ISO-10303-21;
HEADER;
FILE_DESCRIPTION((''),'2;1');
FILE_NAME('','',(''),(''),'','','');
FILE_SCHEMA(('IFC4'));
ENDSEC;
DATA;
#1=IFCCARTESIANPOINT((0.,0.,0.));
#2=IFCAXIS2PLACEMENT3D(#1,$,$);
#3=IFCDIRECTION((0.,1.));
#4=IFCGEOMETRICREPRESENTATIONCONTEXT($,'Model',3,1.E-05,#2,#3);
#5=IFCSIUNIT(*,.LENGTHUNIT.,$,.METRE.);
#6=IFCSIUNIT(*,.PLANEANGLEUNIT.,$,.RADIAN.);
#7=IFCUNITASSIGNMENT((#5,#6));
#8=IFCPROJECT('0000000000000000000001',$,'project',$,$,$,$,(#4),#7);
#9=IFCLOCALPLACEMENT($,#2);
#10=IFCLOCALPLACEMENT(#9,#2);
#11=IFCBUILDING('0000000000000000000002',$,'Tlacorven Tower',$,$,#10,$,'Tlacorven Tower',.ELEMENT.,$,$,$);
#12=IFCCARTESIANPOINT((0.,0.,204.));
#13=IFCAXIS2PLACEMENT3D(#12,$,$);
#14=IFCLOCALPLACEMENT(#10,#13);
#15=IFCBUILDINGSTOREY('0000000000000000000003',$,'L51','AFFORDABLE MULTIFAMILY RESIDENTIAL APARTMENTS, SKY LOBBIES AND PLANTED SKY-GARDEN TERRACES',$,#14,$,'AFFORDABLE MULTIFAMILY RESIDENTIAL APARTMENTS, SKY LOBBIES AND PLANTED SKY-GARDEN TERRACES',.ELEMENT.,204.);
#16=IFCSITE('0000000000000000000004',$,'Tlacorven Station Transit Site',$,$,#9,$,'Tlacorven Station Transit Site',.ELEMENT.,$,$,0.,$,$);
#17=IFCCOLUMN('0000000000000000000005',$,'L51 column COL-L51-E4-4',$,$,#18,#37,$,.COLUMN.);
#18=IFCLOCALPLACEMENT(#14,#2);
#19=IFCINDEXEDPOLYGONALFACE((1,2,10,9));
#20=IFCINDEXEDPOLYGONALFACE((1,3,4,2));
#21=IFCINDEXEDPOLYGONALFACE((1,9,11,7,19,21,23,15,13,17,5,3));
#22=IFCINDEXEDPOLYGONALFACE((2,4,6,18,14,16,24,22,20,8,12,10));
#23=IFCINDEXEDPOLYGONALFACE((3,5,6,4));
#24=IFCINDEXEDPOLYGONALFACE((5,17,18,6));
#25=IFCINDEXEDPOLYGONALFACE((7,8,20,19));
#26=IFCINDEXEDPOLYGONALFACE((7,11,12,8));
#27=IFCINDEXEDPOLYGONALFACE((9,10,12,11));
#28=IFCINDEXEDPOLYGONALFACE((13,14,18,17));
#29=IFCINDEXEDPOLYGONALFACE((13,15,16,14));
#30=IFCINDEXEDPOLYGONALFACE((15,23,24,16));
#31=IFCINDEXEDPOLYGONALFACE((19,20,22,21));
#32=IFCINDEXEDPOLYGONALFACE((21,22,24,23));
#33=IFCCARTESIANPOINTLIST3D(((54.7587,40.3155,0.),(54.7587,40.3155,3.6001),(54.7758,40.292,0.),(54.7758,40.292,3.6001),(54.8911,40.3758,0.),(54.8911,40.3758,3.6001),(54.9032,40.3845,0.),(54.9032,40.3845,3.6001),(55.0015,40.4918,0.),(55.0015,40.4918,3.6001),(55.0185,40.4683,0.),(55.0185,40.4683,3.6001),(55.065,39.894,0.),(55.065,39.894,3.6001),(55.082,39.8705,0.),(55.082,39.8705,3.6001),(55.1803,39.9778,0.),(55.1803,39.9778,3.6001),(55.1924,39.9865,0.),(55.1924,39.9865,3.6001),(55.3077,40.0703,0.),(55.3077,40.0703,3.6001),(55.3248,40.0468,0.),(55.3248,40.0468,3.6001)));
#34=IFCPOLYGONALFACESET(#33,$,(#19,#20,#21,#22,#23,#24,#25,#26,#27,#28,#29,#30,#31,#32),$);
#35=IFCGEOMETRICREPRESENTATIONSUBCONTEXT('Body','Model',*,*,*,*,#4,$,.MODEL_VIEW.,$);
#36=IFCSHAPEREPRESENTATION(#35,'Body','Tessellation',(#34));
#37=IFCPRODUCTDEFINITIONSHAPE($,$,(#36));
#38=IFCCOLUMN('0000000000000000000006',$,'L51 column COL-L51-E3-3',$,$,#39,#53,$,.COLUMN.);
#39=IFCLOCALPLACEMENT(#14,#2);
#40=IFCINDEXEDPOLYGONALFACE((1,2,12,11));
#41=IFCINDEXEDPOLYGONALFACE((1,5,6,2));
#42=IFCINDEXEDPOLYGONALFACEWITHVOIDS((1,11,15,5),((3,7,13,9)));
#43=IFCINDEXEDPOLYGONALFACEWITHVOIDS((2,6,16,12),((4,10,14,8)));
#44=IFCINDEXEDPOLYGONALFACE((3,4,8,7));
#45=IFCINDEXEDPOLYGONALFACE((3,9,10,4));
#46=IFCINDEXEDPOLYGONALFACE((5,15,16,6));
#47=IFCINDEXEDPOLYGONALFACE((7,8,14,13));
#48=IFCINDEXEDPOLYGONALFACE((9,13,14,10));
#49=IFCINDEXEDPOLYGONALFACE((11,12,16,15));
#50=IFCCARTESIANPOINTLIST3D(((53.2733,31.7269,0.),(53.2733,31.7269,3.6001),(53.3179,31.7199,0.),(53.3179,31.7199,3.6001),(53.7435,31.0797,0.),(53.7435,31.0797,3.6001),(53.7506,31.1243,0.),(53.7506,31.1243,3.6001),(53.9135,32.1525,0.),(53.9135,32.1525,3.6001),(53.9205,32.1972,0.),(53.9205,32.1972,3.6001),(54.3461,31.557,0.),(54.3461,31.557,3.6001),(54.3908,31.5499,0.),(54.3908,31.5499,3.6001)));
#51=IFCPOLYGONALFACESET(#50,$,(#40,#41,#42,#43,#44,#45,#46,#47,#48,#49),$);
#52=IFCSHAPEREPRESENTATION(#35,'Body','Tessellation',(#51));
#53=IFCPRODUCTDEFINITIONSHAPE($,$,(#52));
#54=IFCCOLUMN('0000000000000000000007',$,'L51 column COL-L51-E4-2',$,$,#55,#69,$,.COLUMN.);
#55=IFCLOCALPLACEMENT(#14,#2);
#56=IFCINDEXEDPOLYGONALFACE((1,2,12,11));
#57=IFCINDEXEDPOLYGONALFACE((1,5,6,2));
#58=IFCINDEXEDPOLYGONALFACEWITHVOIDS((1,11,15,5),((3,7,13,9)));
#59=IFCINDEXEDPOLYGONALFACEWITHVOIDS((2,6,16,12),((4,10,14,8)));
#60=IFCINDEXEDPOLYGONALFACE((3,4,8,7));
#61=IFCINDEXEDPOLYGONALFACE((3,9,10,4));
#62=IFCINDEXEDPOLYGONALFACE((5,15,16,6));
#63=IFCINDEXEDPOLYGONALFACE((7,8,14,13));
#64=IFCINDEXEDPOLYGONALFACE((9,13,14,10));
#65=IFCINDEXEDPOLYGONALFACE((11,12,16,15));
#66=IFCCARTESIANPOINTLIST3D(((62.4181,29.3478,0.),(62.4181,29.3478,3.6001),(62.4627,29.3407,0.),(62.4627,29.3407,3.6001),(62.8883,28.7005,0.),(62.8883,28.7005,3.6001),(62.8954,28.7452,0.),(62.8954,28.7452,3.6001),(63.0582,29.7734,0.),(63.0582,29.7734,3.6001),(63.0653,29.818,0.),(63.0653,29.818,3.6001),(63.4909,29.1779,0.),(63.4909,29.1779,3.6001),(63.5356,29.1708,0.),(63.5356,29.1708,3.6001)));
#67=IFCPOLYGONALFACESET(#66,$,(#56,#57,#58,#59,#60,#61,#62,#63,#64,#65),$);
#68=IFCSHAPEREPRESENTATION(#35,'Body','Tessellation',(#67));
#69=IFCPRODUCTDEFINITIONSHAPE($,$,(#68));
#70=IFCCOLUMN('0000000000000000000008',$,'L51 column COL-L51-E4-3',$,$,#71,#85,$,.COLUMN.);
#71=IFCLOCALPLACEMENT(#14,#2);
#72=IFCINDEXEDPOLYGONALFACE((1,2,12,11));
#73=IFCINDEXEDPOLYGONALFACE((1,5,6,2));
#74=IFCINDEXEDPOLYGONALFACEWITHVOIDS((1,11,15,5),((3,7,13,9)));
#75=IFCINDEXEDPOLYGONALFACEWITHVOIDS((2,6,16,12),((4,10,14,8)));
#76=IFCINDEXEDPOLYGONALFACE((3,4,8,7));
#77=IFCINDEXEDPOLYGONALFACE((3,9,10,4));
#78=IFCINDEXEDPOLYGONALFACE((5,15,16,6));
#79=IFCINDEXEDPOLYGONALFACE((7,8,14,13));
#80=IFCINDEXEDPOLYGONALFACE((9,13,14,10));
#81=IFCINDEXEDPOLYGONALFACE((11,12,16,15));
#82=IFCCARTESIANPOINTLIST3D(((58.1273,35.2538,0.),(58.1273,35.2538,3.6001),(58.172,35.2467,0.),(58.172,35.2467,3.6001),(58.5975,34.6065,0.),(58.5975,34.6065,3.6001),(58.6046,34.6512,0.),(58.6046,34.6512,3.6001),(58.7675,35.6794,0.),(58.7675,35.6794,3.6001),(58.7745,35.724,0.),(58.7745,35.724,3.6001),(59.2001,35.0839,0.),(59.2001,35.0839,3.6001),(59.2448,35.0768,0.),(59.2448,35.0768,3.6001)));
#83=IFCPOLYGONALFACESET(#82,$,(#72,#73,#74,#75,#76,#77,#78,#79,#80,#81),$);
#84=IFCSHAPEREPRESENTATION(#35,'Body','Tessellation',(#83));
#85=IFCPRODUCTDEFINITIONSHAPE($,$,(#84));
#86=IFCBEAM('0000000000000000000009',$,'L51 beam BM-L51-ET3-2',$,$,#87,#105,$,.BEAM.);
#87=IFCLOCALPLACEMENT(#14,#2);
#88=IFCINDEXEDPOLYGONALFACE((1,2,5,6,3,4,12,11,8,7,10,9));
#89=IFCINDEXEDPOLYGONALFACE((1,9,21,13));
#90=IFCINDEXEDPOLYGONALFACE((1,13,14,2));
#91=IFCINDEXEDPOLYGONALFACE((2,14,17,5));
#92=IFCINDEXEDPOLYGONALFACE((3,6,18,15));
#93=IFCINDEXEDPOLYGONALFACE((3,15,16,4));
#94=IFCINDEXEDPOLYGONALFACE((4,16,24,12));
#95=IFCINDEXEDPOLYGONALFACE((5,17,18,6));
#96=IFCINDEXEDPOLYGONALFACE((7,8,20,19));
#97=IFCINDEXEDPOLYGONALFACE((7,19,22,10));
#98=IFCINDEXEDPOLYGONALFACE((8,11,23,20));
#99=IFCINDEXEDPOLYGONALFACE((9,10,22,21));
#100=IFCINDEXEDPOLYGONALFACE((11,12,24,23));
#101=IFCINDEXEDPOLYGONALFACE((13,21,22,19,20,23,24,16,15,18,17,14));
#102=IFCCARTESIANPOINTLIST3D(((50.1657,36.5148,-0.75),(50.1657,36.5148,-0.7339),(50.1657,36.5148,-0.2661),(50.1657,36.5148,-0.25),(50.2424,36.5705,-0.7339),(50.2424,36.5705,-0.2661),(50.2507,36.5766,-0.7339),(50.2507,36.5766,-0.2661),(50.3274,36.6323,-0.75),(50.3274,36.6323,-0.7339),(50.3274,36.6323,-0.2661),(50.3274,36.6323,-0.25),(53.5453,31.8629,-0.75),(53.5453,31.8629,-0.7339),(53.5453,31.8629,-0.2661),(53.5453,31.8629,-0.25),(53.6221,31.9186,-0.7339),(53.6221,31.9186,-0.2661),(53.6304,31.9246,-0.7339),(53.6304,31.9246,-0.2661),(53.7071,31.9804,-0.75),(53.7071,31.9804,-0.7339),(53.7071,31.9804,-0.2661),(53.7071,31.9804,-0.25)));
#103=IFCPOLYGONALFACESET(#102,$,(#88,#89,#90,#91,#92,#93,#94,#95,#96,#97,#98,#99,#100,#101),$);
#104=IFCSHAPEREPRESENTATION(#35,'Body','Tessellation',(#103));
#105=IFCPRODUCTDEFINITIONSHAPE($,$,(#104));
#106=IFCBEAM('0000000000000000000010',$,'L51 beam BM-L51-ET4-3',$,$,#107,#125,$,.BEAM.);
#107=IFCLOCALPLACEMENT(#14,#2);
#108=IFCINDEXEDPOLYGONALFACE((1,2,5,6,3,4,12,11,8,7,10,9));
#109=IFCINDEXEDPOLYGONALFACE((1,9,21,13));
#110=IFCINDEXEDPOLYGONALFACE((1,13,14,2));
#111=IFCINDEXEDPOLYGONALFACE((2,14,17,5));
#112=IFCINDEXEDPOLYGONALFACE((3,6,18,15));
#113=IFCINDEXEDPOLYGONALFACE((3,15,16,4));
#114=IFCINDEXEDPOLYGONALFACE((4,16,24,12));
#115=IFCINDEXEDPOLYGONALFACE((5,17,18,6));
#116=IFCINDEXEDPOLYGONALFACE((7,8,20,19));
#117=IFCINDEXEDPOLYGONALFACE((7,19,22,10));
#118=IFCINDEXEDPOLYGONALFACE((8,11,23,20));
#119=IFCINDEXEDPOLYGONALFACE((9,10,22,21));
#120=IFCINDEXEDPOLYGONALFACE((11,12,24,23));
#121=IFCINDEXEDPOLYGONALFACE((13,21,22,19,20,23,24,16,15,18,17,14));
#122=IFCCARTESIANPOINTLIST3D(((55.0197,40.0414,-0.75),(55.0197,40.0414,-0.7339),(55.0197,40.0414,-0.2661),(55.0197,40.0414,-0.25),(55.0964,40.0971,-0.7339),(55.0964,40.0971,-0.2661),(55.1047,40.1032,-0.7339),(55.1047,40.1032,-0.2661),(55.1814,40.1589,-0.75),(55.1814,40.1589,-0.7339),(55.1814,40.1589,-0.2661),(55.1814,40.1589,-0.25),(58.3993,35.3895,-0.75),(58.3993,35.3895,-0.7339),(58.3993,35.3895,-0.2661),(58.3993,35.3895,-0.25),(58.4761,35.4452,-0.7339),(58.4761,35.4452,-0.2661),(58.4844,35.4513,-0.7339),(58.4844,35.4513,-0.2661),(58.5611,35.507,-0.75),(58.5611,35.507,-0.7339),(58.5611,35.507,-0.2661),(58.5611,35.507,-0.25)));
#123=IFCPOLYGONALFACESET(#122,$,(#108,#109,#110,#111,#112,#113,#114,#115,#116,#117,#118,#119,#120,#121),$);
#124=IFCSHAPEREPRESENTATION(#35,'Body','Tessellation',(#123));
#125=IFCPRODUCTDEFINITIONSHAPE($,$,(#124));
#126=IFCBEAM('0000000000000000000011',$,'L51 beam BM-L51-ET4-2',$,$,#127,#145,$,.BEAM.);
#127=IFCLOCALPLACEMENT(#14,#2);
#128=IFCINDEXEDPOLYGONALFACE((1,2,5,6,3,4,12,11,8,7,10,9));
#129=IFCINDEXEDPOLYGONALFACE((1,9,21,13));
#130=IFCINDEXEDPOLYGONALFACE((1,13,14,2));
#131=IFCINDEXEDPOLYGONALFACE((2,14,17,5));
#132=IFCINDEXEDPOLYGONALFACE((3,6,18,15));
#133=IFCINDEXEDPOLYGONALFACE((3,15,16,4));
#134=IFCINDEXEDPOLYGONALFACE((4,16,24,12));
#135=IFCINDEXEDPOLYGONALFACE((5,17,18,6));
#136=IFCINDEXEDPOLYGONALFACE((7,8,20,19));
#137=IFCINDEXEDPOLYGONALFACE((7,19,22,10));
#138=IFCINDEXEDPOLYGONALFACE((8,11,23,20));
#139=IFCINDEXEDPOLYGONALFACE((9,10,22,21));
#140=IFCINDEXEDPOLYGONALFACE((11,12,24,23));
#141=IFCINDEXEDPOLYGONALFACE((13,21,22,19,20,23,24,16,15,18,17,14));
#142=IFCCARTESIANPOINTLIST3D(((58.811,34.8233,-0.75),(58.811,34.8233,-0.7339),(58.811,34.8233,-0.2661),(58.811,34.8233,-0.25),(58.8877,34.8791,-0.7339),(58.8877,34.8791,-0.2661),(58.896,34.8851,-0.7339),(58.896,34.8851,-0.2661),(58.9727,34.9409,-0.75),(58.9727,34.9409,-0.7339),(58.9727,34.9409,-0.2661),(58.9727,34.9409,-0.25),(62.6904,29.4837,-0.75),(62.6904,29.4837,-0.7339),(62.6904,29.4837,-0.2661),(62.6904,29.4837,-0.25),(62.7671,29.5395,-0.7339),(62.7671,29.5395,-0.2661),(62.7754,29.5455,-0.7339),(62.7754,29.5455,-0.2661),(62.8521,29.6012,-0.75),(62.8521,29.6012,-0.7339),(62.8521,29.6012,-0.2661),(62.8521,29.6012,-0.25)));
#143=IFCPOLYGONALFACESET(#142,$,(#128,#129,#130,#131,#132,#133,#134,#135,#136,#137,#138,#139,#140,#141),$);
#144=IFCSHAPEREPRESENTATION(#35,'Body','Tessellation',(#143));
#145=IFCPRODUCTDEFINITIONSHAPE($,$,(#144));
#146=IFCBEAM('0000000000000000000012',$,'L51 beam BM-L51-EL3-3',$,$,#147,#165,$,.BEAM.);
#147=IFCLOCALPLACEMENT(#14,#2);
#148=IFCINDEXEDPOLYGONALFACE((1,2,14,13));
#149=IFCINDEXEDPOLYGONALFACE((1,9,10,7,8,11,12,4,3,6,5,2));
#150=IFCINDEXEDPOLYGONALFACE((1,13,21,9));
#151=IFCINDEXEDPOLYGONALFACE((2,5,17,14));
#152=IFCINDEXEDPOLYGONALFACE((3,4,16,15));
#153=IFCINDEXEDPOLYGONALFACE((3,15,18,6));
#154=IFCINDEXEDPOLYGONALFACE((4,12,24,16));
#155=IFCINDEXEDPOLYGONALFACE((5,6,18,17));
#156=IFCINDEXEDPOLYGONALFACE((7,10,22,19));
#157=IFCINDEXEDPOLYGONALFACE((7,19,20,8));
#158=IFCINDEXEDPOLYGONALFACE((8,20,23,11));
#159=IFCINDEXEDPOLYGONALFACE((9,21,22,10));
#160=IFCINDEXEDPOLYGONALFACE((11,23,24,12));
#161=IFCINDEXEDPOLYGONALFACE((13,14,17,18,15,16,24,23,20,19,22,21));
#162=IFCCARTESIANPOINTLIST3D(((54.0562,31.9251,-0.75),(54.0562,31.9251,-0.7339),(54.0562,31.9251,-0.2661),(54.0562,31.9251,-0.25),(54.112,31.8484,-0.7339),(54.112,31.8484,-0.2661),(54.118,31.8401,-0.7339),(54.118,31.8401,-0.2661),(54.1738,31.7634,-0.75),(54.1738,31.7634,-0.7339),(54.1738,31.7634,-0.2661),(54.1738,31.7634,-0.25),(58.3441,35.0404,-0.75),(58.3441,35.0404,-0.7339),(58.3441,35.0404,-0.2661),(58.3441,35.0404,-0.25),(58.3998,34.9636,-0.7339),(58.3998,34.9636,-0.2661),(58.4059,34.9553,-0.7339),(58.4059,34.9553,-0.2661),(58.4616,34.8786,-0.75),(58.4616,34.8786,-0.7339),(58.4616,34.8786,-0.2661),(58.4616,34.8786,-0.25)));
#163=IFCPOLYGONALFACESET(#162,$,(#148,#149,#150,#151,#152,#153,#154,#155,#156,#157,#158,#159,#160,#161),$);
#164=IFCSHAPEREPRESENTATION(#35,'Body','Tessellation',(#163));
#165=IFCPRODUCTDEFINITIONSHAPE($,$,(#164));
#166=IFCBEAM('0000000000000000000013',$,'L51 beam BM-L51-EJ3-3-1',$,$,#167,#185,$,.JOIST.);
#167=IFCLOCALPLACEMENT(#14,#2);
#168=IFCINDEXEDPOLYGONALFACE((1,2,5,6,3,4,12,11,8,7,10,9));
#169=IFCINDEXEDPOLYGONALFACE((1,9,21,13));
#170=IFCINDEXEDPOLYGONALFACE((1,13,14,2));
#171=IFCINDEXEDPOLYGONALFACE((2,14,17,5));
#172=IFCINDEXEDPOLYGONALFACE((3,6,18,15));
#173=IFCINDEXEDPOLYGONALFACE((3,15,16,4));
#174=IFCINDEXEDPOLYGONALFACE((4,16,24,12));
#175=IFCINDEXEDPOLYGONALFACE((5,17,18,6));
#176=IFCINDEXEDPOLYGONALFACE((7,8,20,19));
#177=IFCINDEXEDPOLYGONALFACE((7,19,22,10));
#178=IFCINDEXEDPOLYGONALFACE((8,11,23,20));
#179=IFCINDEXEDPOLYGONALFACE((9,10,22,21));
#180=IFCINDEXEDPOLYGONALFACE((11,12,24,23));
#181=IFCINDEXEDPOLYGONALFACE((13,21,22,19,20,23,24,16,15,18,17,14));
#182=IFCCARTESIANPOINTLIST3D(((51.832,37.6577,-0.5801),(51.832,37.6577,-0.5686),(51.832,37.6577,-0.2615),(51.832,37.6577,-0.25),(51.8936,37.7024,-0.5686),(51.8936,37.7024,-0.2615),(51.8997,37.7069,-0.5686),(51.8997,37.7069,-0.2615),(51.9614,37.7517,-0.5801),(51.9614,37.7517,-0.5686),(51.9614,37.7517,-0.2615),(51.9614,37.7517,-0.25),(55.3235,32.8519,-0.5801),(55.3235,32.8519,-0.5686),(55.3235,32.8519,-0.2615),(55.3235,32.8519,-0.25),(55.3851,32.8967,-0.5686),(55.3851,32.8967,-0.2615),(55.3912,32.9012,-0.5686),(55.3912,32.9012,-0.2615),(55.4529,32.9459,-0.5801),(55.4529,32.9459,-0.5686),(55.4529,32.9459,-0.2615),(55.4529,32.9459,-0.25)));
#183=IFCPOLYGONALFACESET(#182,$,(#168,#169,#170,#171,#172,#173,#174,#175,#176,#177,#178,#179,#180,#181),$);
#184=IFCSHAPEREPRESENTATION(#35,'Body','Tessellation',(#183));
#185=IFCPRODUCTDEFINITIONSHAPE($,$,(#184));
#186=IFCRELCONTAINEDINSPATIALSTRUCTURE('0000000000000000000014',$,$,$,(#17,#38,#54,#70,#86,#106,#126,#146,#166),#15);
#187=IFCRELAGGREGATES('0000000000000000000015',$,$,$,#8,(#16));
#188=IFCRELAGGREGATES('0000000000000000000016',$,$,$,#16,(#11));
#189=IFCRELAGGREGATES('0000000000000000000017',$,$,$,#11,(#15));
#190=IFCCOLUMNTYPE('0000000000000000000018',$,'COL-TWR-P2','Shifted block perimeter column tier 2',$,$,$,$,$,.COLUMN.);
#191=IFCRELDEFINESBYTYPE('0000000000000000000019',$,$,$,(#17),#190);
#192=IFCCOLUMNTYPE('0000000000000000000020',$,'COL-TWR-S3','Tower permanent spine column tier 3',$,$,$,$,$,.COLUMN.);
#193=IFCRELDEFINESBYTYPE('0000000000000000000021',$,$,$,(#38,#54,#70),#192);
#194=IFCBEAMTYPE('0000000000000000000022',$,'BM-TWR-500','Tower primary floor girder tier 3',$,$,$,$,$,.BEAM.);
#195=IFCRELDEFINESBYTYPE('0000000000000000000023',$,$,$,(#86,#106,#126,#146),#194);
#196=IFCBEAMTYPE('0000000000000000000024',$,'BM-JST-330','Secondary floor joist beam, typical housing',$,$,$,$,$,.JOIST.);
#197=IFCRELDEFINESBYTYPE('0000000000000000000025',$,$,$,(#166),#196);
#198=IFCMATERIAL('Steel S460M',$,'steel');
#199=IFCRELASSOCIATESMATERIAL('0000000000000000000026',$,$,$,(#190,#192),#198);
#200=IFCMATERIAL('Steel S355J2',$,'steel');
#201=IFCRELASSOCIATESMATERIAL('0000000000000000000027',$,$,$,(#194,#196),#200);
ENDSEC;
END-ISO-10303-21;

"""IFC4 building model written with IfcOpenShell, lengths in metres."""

from ifc_helpers import new_model, si_unit, direction, frame, origin, origin_2d, place, context, subcontext, project, spatial, hollow_rectangle, i_section, extrude, source, transform, mapped, material, material_profile, profile_set, type_object, element, save


model = new_model("IFC4")

# Units and contexts
model_context = context("Model", 3, precision=1e-05, world=origin(), true_north=direction((0.0, 1.0)))
body_context = subcontext(model_context, "Body", "Model", "MODEL_VIEW")
ifc_project = project(units=[si_unit("LENGTHUNIT", "METRE"), si_unit("PLANEANGLEUNIT", "RADIAN")], contexts=[model_context])

# Site, building, storey
site_placement = place(None, origin())
site = spatial("IfcSite", under=ifc_project, at=site_placement, Name="Tlacorven Station Transit Site", LongName="Tlacorven Station Transit Site", CompositionType="ELEMENT", RefElevation=0.0)
building_placement = place(site_placement, origin())
building = spatial("IfcBuilding", under=site, at=building_placement, Name="Tlacorven Tower", LongName="Tlacorven Tower", CompositionType="ELEMENT")
storey_placement = place(building_placement, frame((0.0, 0.0, 204.0)))
storey = spatial("IfcBuildingStorey", under=building, at=storey_placement, Name="L51", Description="AFFORDABLE MULTIFAMILY RESIDENTIAL APARTMENTS, SKY LOBBIES AND PLANTED SKY-GARDEN TERRACES", LongName="AFFORDABLE MULTIFAMILY RESIDENTIAL APARTMENTS, SKY LOBBIES AND PLANTED SKY-GARDEN TERRACES", CompositionType="ELEMENT", Elevation=204.0)

# Columns
ifc_material_1 = material(Name="Steel S460M", Category="steel")
ifc_material_profile_1 = material_profile(ifc_material_1, i_section(OverallWidth=0.3, OverallDepth=0.55, WebThickness=0.0149, FlangeThickness=0.0291, at=origin_2d()), Name="HEB 550")
ifc_profile_set_1 = profile_set([ifc_material_profile_1], Name="Steel S460M")
column_type_1 = type_object("IfcColumnType", Name="COL-TWR-P2", Description="Shifted block perimeter column tier 2", PredefinedType="COLUMN", material=ifc_profile_set_1)
shared_shape_1 = source(origin(), body_context, "Body", "SweptSolid", [
    extrude(i_section(OverallWidth=0.3, OverallDepth=0.55, WebThickness=0.0149, FlangeThickness=0.0291, at=origin_2d()), origin(), (0.0, 0.0, 1.0), 3.6001),
])
column_placement = place(storey_placement, frame((55.0417, 40.1812, 0.0), z_axis=(0.0, 0.0, 1.0), x_axis=(0.809017, 0.587785, 0.0)))
element("IfcColumn", 1, at=column_placement, inside=storey, type_object=column_type_1, Name="L51 column COL-L51-E4-4", PredefinedType="COLUMN", context=body_context, shape_type="MappedRepresentation", body=[
    mapped(shared_shape_1, transform((0.0, 0.0, 0.0), scale=1.0)),
])
ifc_material_profile_2 = material_profile(ifc_material_1, hollow_rectangle(XDim=0.8, YDim=0.8, WallThickness=0.032, at=origin_2d()), Name="BOX 800X800X32")
ifc_profile_set_2 = profile_set([ifc_material_profile_2], Name="Steel S460M")
column_type_2 = type_object("IfcColumnType", Name="COL-TWR-S3", Description="Tower permanent spine column tier 3", PredefinedType="COLUMN", material=ifc_profile_set_2)
shared_shape_2 = source(origin(), body_context, "Body", "SweptSolid", [
    extrude(hollow_rectangle(XDim=0.8, YDim=0.8, WallThickness=0.032, at=origin_2d()), origin(), (0.0, 0.0, 1.0), 3.6001),
])
for number, where, z_axis, x_axis, name in (
    (2, (53.832, 31.6384, 0.0), (0.0, 0.0, 1.0), (0.809017, 0.587785, 0.0), "L51 column COL-L51-E3-3"),
    (3, (62.9768, 29.2593, 0.0), (0.0, 0.0, 1.0), (0.809017, 0.587785, 0.0), "L51 column COL-L51-E4-2"),
    (4, (58.686, 35.1653, 0.0), (0.0, 0.0, 1.0), (0.809017, 0.587785, 0.0), "L51 column COL-L51-E4-3"),
):
    element("IfcColumn", number, at=place(storey_placement, frame(where, z_axis=z_axis, x_axis=x_axis)), inside=storey, type_object=column_type_2, Name=name, PredefinedType="COLUMN", context=body_context, shape_type="MappedRepresentation", body=[
        mapped(shared_shape_2, transform((0.0, 0.0, 0.0), scale=1.0)),
    ])

# Beams
ifc_material_2 = material(Name="Steel S355J2", Category="steel")
ifc_material_profile_3 = material_profile(ifc_material_2, i_section(OverallWidth=0.2, OverallDepth=0.5, WebThickness=0.0103, FlangeThickness=0.0161, at=origin_2d()), Name="IPE 500")
ifc_profile_set_3 = profile_set([ifc_material_profile_3], Name="Steel S355J2")
beam_type_1 = type_object("IfcBeamType", Name="BM-TWR-500", Description="Tower primary floor girder tier 3", PredefinedType="BEAM", material=ifc_profile_set_3)
shared_shape_3 = source(origin(), body_context, "Body", "SweptSolid", [
    extrude(i_section(OverallWidth=0.2, OverallDepth=0.5, WebThickness=0.0103, FlangeThickness=0.0161, at=origin_2d()), origin(), (0.0, 0.0, 1.0), 5.75),
])
for number, where, z_axis, x_axis, name in (
    (5, (53.6262, 31.9216, -0.5), (-0.58777, 0.809028, 0.0), (-0.809028, -0.58777, 0.0), "L51 beam BM-L51-ET3-2"),
    (6, (58.4802, 35.4482, -0.5), (-0.58777, 0.809028, 0.0), (-0.809028, -0.58777, 0.0), "L51 beam BM-L51-ET4-3"),
):
    element("IfcBeam", number, at=place(storey_placement, frame(where, z_axis=z_axis, x_axis=x_axis)), inside=storey, type_object=beam_type_1, Name=name, PredefinedType="BEAM", context=body_context, shape_type="MappedRepresentation", body=[
        mapped(shared_shape_3, transform((0.0, 0.0, 0.0), scale=1.0)),
    ])
shared_shape_4 = source(origin(), body_context, "Body", "SweptSolid", [
    extrude(i_section(OverallWidth=0.2, OverallDepth=0.5, WebThickness=0.0103, FlangeThickness=0.0161, at=origin_2d()), origin(), (0.0, 0.0, 1.0), 6.6001),
])
beam_1_placement = place(storey_placement, frame((62.7712, 29.5425, -0.5), z_axis=(-0.58778, 0.809021, 0.0), x_axis=(-0.809021, -0.58778, 0.0)))
element("IfcBeam", 7, at=beam_1_placement, inside=storey, type_object=beam_type_1, Name="L51 beam BM-L51-ET4-2", PredefinedType="BEAM", context=body_context, shape_type="MappedRepresentation", body=[
    mapped(shared_shape_4, transform((0.0, 0.0, 0.0), scale=1.0)),
])
shared_shape_5 = source(origin(), body_context, "Body", "SweptSolid", [
    extrude(i_section(OverallWidth=0.2, OverallDepth=0.5, WebThickness=0.0103, FlangeThickness=0.0161, at=origin_2d()), origin(), (0.0, 0.0, 1.0), 5.3),
])
beam_2_placement = place(storey_placement, frame((54.115, 31.8442, -0.5), z_axis=(0.809023, 0.587777, 0.0), x_axis=(-0.587777, 0.809023, 0.0)))
element("IfcBeam", 8, at=beam_2_placement, inside=storey, type_object=beam_type_1, Name="L51 beam BM-L51-EL3-3", PredefinedType="BEAM", context=body_context, shape_type="MappedRepresentation", body=[
    mapped(shared_shape_5, transform((0.0, 0.0, 0.0), scale=1.0)),
])
ifc_material_profile_4 = material_profile(ifc_material_2, i_section(OverallWidth=0.1599, OverallDepth=0.3301, WebThickness=0.0076, FlangeThickness=0.0115, at=origin_2d()), Name="IPE 330")
ifc_profile_set_4 = profile_set([ifc_material_profile_4], Name="Steel S355J2")
beam_type_2 = type_object("IfcBeamType", Name="BM-JST-330", Description="Secondary floor joist beam, typical housing", PredefinedType="JOIST", material=ifc_profile_set_4)
shared_shape_6 = source(origin(), body_context, "Body", "SweptSolid", [
    extrude(i_section(OverallWidth=0.1599, OverallDepth=0.3301, WebThickness=0.0076, FlangeThickness=0.0115, at=origin_2d()), origin(), (0.0, 0.0, 1.0), 5.9402),
])
for number, where, z_axis, x_axis, name in (
    (9, (55.3882, 32.8989, -0.415), (-0.587778, 0.809022, 0.0), (-0.809022, -0.587778, 0.0), "L51 beam BM-L51-EJ3-3-1"),
):
    element("IfcBeam", number, at=place(storey_placement, frame(where, z_axis=z_axis, x_axis=x_axis)), inside=storey, type_object=beam_type_2, Name=name, PredefinedType="JOIST", context=body_context, shape_type="MappedRepresentation", body=[
        mapped(shared_shape_6, transform((0.0, 0.0, 0.0), scale=1.0)),
    ])

save(model, "model.ifc")
